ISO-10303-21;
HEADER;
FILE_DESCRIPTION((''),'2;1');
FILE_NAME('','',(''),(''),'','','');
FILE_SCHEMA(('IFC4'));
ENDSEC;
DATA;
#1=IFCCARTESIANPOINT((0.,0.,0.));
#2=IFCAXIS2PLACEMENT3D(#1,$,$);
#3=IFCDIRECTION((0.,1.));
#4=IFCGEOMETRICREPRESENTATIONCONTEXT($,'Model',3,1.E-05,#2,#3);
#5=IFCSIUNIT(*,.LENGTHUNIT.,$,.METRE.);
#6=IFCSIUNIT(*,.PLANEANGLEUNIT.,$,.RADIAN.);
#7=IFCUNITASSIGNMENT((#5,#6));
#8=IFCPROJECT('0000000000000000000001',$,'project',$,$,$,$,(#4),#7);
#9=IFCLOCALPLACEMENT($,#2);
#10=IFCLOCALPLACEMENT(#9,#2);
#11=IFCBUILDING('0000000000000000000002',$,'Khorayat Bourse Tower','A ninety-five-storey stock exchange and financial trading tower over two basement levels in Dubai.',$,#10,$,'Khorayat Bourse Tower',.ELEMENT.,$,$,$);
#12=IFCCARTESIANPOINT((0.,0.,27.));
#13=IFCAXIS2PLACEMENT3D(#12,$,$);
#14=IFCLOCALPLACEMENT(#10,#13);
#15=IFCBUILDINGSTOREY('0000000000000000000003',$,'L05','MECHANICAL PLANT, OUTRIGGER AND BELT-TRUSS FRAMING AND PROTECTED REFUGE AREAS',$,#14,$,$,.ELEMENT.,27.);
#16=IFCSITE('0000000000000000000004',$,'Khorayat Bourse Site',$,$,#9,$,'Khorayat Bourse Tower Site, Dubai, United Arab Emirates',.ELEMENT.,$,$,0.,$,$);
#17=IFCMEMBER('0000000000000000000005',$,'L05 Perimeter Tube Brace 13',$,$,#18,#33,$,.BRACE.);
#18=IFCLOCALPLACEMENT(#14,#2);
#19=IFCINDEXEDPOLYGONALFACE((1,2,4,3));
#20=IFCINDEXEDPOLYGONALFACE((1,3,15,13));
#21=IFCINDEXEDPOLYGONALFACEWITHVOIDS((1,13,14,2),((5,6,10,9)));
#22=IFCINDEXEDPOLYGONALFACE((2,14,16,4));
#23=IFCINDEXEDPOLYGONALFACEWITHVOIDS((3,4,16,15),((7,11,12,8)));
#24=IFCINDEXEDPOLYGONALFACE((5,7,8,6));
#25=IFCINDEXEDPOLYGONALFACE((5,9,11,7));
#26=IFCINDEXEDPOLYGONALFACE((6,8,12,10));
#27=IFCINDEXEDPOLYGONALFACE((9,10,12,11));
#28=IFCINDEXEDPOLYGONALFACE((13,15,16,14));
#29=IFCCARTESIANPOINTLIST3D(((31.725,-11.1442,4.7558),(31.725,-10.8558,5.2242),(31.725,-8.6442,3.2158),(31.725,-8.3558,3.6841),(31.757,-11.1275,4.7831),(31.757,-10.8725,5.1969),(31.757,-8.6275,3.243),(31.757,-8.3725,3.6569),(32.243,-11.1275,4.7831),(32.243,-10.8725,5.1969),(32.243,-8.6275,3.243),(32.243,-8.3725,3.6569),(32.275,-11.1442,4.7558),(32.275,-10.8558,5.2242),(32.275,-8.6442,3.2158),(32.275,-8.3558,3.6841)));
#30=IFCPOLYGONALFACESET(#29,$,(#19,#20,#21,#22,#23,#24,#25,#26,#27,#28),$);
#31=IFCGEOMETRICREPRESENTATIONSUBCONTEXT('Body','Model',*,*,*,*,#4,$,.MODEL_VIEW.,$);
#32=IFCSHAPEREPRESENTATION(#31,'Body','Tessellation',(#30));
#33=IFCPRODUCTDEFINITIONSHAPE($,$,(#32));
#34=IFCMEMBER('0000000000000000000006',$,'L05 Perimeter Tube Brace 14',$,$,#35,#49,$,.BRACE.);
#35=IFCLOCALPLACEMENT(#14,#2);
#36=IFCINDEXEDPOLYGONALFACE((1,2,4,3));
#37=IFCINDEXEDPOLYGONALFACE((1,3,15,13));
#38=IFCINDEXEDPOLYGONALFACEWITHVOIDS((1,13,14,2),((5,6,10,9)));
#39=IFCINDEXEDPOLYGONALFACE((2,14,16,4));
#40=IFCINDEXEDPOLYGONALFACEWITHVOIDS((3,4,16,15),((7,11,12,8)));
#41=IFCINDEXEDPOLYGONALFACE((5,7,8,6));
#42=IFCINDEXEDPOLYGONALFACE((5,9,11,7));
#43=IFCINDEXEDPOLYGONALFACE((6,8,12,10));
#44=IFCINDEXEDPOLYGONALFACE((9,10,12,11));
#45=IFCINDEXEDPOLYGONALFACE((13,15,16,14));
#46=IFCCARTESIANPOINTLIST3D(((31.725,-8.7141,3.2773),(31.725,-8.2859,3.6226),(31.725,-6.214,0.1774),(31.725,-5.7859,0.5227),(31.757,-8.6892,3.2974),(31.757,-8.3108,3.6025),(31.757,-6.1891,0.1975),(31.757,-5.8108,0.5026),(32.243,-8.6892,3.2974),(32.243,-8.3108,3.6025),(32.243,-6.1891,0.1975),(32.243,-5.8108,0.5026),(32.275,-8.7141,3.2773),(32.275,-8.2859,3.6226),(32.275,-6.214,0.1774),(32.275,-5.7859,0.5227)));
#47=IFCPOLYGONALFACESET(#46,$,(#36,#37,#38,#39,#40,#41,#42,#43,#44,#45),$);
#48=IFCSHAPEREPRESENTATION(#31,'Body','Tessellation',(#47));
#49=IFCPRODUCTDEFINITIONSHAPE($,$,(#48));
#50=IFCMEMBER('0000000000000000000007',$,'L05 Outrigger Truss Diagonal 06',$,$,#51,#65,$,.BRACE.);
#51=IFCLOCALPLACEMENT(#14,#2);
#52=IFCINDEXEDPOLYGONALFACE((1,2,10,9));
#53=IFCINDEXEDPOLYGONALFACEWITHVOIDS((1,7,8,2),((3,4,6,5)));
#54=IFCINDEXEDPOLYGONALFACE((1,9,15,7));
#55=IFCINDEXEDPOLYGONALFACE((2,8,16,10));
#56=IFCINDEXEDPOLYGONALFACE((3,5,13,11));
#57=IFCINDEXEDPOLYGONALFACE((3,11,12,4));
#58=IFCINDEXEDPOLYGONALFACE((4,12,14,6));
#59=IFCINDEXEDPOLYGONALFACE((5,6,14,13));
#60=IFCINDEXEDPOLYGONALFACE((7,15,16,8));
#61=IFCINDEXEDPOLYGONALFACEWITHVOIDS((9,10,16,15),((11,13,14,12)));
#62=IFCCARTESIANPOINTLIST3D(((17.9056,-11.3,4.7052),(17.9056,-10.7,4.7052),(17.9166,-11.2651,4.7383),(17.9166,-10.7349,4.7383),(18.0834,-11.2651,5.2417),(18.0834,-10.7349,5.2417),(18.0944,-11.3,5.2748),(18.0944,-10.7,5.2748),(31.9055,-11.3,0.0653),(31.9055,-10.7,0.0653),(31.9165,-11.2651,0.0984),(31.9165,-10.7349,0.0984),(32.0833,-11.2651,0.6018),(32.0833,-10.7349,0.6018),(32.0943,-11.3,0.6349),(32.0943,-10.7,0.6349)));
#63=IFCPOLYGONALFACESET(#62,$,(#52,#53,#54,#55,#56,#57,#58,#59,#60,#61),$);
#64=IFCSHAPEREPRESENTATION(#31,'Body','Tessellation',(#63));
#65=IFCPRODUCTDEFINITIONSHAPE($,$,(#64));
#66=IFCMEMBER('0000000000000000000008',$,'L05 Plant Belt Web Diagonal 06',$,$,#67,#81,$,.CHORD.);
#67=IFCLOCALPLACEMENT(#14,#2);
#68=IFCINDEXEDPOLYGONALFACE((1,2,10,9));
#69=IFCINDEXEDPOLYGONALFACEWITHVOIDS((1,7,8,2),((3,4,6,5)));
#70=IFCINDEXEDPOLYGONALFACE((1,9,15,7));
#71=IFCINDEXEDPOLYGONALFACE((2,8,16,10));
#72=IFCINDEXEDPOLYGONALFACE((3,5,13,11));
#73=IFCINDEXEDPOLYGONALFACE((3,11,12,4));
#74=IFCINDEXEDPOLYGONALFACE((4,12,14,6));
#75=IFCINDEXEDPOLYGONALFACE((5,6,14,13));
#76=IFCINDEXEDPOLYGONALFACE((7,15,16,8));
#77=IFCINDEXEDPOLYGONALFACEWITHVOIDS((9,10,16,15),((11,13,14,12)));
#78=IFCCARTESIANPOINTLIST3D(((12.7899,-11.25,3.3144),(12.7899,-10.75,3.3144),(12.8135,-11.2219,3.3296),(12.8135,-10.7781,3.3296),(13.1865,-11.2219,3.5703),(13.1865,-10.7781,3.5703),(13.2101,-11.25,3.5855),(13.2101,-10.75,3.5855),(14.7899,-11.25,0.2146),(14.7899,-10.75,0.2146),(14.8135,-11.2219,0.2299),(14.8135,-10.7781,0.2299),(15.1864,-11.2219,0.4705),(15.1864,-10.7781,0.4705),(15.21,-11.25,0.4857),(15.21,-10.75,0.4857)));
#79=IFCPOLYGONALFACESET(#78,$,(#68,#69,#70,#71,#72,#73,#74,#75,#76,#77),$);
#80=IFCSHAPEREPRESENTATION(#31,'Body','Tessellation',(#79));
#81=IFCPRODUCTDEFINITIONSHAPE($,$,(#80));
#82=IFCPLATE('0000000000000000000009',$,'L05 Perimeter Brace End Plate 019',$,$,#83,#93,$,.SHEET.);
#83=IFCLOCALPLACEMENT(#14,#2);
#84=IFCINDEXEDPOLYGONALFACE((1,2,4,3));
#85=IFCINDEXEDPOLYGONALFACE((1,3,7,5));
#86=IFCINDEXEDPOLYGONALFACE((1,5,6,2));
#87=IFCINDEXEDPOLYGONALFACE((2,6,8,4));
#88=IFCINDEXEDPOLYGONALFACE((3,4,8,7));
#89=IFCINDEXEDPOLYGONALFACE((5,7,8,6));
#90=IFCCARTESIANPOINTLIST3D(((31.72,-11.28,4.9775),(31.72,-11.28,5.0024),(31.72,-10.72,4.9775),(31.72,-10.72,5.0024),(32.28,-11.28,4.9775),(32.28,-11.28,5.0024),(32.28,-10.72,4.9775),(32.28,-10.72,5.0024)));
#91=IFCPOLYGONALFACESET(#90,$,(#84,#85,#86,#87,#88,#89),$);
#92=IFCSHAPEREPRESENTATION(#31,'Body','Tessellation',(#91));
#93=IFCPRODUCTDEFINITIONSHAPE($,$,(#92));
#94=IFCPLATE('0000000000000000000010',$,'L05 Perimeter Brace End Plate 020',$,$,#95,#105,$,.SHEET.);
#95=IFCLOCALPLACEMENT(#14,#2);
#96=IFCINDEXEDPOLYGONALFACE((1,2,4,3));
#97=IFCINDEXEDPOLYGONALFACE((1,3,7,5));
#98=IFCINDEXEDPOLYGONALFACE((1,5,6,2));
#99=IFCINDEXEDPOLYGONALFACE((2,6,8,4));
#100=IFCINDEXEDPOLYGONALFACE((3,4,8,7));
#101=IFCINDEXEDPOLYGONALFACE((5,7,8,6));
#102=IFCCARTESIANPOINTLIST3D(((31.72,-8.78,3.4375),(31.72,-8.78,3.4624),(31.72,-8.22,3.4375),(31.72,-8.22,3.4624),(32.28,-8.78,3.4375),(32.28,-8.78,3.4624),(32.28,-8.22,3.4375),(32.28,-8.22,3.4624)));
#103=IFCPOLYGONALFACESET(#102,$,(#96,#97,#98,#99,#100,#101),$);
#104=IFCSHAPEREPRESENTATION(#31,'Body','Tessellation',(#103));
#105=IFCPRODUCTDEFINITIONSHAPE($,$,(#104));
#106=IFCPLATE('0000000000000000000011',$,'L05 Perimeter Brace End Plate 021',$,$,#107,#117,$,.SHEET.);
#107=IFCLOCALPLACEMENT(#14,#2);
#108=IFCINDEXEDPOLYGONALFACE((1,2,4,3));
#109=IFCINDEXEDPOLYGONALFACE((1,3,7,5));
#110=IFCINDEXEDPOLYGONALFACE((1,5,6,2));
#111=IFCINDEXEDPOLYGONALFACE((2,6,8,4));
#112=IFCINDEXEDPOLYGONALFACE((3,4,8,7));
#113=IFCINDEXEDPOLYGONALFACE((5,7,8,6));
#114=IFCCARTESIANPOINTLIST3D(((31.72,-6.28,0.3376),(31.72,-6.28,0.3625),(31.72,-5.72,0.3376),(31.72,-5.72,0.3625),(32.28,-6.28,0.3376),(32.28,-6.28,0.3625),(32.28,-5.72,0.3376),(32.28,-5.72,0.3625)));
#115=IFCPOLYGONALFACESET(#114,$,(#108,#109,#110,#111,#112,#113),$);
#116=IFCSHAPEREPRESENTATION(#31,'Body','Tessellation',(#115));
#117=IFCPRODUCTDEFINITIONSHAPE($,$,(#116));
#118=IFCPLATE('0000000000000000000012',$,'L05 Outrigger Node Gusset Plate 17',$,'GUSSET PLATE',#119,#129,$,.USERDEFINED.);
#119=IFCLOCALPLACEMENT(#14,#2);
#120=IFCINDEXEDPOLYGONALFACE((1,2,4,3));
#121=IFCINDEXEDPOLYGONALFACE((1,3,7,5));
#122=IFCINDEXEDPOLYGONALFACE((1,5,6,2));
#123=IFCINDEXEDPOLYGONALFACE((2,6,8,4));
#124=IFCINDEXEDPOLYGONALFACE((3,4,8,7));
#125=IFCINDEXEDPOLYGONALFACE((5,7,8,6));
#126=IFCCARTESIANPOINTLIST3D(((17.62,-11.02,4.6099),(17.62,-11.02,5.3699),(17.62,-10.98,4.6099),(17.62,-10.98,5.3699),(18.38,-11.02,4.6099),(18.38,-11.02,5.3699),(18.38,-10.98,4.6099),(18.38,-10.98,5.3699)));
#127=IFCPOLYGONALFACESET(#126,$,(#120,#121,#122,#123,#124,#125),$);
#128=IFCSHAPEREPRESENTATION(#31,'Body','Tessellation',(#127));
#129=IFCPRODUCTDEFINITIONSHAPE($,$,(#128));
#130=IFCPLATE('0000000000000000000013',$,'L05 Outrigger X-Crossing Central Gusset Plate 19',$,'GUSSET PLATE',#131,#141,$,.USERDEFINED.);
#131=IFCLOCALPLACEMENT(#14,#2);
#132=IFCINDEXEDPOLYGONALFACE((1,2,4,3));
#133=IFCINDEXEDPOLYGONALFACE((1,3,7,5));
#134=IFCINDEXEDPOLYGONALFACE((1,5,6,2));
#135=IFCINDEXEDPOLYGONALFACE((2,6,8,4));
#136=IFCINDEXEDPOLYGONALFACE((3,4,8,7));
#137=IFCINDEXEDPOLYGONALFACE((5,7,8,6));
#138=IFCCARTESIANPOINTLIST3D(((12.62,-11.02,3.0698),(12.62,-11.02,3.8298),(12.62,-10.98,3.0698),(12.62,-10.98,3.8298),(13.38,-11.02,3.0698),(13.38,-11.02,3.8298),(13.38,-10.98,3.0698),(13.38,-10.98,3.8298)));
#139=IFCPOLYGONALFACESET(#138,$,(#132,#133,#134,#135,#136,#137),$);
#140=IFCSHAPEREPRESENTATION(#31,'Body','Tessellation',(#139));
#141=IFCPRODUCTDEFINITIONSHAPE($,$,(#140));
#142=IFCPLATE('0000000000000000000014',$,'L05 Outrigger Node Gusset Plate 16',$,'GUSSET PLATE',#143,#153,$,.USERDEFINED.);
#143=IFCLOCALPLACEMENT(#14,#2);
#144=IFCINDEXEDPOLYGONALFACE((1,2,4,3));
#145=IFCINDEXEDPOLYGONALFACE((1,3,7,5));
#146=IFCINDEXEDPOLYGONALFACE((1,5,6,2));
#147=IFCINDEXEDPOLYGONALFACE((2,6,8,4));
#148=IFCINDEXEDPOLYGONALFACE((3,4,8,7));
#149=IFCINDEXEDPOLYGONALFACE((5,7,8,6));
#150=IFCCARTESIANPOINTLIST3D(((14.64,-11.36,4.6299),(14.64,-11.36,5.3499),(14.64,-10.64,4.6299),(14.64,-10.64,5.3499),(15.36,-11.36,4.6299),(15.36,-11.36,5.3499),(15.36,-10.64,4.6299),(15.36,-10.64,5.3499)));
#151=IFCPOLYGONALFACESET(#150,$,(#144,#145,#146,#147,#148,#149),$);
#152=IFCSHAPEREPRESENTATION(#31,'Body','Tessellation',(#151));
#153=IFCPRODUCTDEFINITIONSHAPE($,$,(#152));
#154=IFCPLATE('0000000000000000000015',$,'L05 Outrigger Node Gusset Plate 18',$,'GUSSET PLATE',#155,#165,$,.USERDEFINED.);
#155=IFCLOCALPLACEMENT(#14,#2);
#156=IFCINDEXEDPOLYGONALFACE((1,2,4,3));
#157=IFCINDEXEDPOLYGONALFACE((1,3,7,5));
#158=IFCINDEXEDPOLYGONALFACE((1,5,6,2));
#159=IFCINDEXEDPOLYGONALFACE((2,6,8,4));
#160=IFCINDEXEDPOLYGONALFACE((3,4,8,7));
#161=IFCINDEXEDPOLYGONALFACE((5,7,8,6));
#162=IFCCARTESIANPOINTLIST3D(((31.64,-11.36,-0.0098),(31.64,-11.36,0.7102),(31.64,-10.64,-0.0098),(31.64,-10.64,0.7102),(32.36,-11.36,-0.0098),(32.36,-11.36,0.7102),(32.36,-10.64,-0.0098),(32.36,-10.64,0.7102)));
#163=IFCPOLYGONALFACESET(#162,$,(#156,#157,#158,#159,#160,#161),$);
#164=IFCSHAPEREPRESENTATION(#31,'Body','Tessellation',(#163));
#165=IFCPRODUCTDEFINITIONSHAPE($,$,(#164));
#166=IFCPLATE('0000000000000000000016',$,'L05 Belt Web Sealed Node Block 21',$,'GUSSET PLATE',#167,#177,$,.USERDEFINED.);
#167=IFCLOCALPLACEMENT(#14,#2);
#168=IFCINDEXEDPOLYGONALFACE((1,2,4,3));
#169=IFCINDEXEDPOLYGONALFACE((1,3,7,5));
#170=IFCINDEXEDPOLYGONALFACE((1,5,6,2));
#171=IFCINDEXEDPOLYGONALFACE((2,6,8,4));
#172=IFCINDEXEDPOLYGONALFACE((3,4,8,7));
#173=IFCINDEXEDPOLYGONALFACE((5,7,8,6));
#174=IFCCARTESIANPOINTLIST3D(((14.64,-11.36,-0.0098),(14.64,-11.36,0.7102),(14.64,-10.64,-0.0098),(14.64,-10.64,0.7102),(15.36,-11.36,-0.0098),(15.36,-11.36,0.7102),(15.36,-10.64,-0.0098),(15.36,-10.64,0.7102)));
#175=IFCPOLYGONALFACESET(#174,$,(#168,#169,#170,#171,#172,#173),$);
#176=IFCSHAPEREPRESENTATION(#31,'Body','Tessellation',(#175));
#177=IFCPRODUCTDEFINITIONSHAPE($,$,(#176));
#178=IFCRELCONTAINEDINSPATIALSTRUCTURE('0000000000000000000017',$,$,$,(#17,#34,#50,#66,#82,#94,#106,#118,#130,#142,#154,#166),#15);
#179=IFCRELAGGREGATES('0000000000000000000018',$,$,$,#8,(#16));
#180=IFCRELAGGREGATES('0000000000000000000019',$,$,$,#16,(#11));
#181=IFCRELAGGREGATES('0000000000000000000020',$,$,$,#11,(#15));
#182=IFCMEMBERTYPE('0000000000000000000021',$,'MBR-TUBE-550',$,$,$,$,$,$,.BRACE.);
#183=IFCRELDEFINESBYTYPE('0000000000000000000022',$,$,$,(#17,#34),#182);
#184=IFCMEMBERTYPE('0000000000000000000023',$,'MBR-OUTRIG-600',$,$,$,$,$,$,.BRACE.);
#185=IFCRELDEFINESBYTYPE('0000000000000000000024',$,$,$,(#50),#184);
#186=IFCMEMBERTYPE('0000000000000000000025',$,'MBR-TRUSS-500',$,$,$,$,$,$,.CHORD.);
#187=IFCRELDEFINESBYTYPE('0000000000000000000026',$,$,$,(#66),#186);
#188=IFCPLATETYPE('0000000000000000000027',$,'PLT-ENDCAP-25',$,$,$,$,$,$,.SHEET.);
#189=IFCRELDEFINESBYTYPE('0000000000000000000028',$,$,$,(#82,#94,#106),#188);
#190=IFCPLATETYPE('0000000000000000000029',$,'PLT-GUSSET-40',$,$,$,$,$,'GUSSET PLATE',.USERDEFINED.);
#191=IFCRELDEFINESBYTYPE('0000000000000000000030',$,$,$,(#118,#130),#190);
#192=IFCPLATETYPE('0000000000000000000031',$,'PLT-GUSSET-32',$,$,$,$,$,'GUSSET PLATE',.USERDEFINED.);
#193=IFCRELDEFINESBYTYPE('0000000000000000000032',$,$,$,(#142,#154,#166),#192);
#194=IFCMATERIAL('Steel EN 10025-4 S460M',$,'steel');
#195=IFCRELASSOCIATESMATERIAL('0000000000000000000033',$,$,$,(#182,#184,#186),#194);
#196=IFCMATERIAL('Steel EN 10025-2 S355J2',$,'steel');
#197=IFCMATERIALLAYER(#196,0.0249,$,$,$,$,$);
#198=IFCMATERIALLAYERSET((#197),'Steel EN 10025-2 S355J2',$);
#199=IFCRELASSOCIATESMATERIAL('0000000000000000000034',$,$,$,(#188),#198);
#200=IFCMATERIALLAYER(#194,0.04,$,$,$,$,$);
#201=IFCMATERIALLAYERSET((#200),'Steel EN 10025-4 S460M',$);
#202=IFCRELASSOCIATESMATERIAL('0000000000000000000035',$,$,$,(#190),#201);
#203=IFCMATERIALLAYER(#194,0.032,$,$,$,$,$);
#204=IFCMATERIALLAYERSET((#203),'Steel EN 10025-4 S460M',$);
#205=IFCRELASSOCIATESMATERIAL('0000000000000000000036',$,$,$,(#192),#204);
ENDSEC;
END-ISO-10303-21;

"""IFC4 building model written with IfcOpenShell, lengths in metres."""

from ifc_helpers import new_model, si_unit, direction, frame, origin, origin_2d, place, context, subcontext, project, spatial, rectangle, hollow_rectangle, extrude, source, transform, mapped, material, layer, layer_set, material_profile, profile_set, type_object, element, save


model = new_model("IFC4")

# Units and contexts
model_context = context("Model", 3, precision=1e-05, world=origin(), true_north=direction((0.0, 1.0)))
body_context = subcontext(model_context, "Body", "Model", "MODEL_VIEW")
ifc_project = project(units=[si_unit("LENGTHUNIT", "METRE"), si_unit("PLANEANGLEUNIT", "RADIAN")], contexts=[model_context])

# Site, building, storey
site_placement = place(None, origin())
site = spatial("IfcSite", under=ifc_project, at=site_placement, Name="Khorayat Bourse Site", LongName="Khorayat Bourse Tower Site, Dubai, United Arab Emirates", CompositionType="ELEMENT", RefElevation=0.0)
building_placement = place(site_placement, origin())
building = spatial("IfcBuilding", under=site, at=building_placement, Name="Khorayat Bourse Tower", Description="A ninety-five-storey stock exchange and financial trading tower over two basement levels in Dubai.", LongName="Khorayat Bourse Tower", CompositionType="ELEMENT")
storey_placement = place(building_placement, frame((0.0, 0.0, 27.0)))
storey = spatial("IfcBuildingStorey", under=building, at=storey_placement, Name="L05", Description="MECHANICAL PLANT, OUTRIGGER AND BELT-TRUSS FRAMING AND PROTECTED REFUGE AREAS", CompositionType="ELEMENT", Elevation=27.0)

# Shared definitions
ifc_material_1 = material(Name="Steel EN 10025-4 S460M", Category="steel")

# Members
ifc_material_profile_1 = material_profile(ifc_material_1, hollow_rectangle(XDim=0.55, YDim=0.55, WallThickness=0.032, at=origin_2d()), Name="HSS 550x550x32")
ifc_profile_set_1 = profile_set([ifc_material_profile_1], Name="Steel EN 10025-4 S460M")
member_type_1 = type_object("IfcMemberType", Name="MBR-TUBE-550", PredefinedType="BRACE", material=ifc_profile_set_1)
shared_shape_1 = source(origin(), body_context, "Body", "SweptSolid", [
    extrude(hollow_rectangle(XDim=0.55, YDim=0.55, WallThickness=0.032, at=origin_2d()), origin(), (0.0, 0.0, 1.0), 2.9363),
])
member_1_placement = place(storey_placement, frame((32.0, -11.0, 4.99), z_axis=(0.0, 0.851418, -0.524487), x_axis=(-1.0, 0.0, 0.0)))
element("IfcMember", 1, at=member_1_placement, inside=storey, type_object=member_type_1, Name="L05 Perimeter Tube Brace 13", PredefinedType="BRACE", context=body_context, shape_type="MappedRepresentation", body=[
    mapped(shared_shape_1, transform((0.0, 0.0, 0.0), scale=1.0)),
])
shared_shape_2 = source(origin(), body_context, "Body", "SweptSolid", [
    extrude(hollow_rectangle(XDim=0.55, YDim=0.55, WallThickness=0.032, at=origin_2d()), origin(), (0.0, 0.0, 1.0), 3.9824),
])
member_2_placement = place(storey_placement, frame((32.0, -8.5, 3.45), z_axis=(0.0, 0.62777, -0.778399), x_axis=(-1.0, 0.0, 0.0)))
element("IfcMember", 2, at=member_2_placement, inside=storey, type_object=member_type_1, Name="L05 Perimeter Tube Brace 14", PredefinedType="BRACE", context=body_context, shape_type="MappedRepresentation", body=[
    mapped(shared_shape_2, transform((0.0, 0.0, 0.0), scale=1.0)),
])
ifc_material_profile_2 = material_profile(ifc_material_1, hollow_rectangle(XDim=0.6001, YDim=0.6001, WallThickness=0.0349, at=origin_2d()), Name="BOX 600x600x35")
ifc_profile_set_2 = profile_set([ifc_material_profile_2], Name="Steel EN 10025-4 S460M")
member_type_2 = type_object("IfcMemberType", Name="MBR-OUTRIG-600", PredefinedType="BRACE", material=ifc_profile_set_2)
shared_shape_3 = source(origin(), body_context, "Body", "SweptSolid", [
    extrude(hollow_rectangle(XDim=0.6001, YDim=0.6001, WallThickness=0.0349, at=origin_2d()), origin(), (0.0, 0.0, 1.0), 14.7488),
])
member_3_placement = place(storey_placement, frame((18.0, -11.0, 4.99), z_axis=(0.949226, 0.0, -0.314593), x_axis=(0.0, 1.0, 0.0)))
element("IfcMember", 3, at=member_3_placement, inside=storey, type_object=member_type_2, Name="L05 Outrigger Truss Diagonal 06", PredefinedType="BRACE", context=body_context, shape_type="MappedRepresentation", body=[
    mapped(shared_shape_3, transform((0.0, 0.0, 0.0), scale=1.0)),
])
ifc_material_profile_3 = material_profile(ifc_material_1, hollow_rectangle(XDim=0.5, YDim=0.5, WallThickness=0.0281, at=origin_2d()), Name="HSS 500x500x28")
ifc_profile_set_3 = profile_set([ifc_material_profile_3], Name="Steel EN 10025-4 S460M")
member_type_3 = type_object("IfcMemberType", Name="MBR-TRUSS-500", PredefinedType="CHORD", material=ifc_profile_set_3)
shared_shape_4 = source(origin(), body_context, "Body", "SweptSolid", [
    extrude(hollow_rectangle(XDim=0.5, YDim=0.5, WallThickness=0.0281, at=origin_2d()), origin(), (0.0, 0.0, 1.0), 3.689),
])
member_4_placement = place(storey_placement, frame((13.0, -11.0, 3.45), z_axis=(0.542145, 0.0, -0.840285), x_axis=(0.0, 1.0, 0.0)))
element("IfcMember", 4, at=member_4_placement, inside=storey, type_object=member_type_3, Name="L05 Plant Belt Web Diagonal 06", PredefinedType="CHORD", context=body_context, shape_type="MappedRepresentation", body=[
    mapped(shared_shape_4, transform((0.0, 0.0, 0.0), scale=1.0)),
])

# Plates
ifc_material_2 = material(Name="Steel EN 10025-2 S355J2", Category="steel")
ifc_layer_1 = layer(ifc_material_2, 0.0249)
ifc_layer_set_1 = layer_set([ifc_layer_1], Name="Steel EN 10025-2 S355J2")
plate_type_1 = type_object("IfcPlateType", Name="PLT-ENDCAP-25", PredefinedType="SHEET", material=ifc_layer_set_1)
shared_shape_5 = source(origin(), body_context, "Body", "SweptSolid", [
    extrude(rectangle(XDim=0.5601, YDim=0.5601, at=origin_2d()), origin(), (0.0, 0.0, 1.0), 0.0249),
])
for number, where, z_axis, x_axis, name in (
    (5, (32.0, -11.0, 4.9775), (0.0, 0.0, 1.0), (1.0, 0.0, 0.0), "L05 Perimeter Brace End Plate 019"),
    (6, (32.0, -8.5, 3.4375), (0.0, 0.0, 1.0), (1.0, 0.0, 0.0), "L05 Perimeter Brace End Plate 020"),
    (7, (32.0, -6.0, 0.3376), (0.0, 0.0, 1.0), (1.0, 0.0, 0.0), "L05 Perimeter Brace End Plate 021"),
):
    element("IfcPlate", number, at=place(storey_placement, frame(where, z_axis=z_axis, x_axis=x_axis)), inside=storey, type_object=plate_type_1, Name=name, PredefinedType="SHEET", context=body_context, shape_type="MappedRepresentation", body=[
        mapped(shared_shape_5, transform((0.0, 0.0, 0.0), scale=1.0)),
    ])
ifc_layer_2 = layer(ifc_material_1, 0.04)
ifc_layer_set_2 = layer_set([ifc_layer_2], Name="Steel EN 10025-4 S460M")
plate_type_2 = type_object("IfcPlateType", Name="PLT-GUSSET-40", ElementType="GUSSET PLATE", PredefinedType="USERDEFINED", material=ifc_layer_set_2)
shared_shape_6 = source(origin(), body_context, "Body", "SweptSolid", [
    extrude(rectangle(XDim=0.76, YDim=0.04, at=origin_2d()), origin(), (0.0, 0.0, 1.0), 0.76),
])
for number, where, z_axis, x_axis, name in (
    (8, (18.0, -11.0, 4.6099), (0.0, 0.0, 1.0), (1.0, 0.0, 0.0), "L05 Outrigger Node Gusset Plate 17"),
    (9, (13.0, -11.0, 3.0698), (0.0, 0.0, 1.0), (1.0, 0.0, 0.0), "L05 Outrigger X-Crossing Central Gusset Plate 19"),
):
    element("IfcPlate", number, at=place(storey_placement, frame(where, z_axis=z_axis, x_axis=x_axis)), inside=storey, type_object=plate_type_2, Name=name, ObjectType="GUSSET PLATE", PredefinedType="USERDEFINED", context=body_context, shape_type="MappedRepresentation", body=[
        mapped(shared_shape_6, transform((0.0, 0.0, 0.0), scale=1.0)),
    ])
ifc_layer_3 = layer(ifc_material_1, 0.032)
ifc_layer_set_3 = layer_set([ifc_layer_3], Name="Steel EN 10025-4 S460M")
plate_type_3 = type_object("IfcPlateType", Name="PLT-GUSSET-32", ElementType="GUSSET PLATE", PredefinedType="USERDEFINED", material=ifc_layer_set_3)
shared_shape_7 = source(origin(), body_context, "Body", "SweptSolid", [
    extrude(rectangle(XDim=0.72, YDim=0.72, at=origin_2d()), origin(), (0.0, 0.0, 1.0), 0.72),
])
for number, where, z_axis, x_axis, name in (
    (10, (15.0, -11.0, 4.6299), (0.0, 0.0, 1.0), (1.0, 0.0, 0.0), "L05 Outrigger Node Gusset Plate 16"),
    (11, (32.0, -11.0, -0.0098), (0.0, 0.0, 1.0), (1.0, 0.0, 0.0), "L05 Outrigger Node Gusset Plate 18"),
    (12, (15.0, -11.0, -0.0098), (0.0, 0.0, 1.0), (1.0, 0.0, 0.0), "L05 Belt Web Sealed Node Block 21"),
):
    element("IfcPlate", number, at=place(storey_placement, frame(where, z_axis=z_axis, x_axis=x_axis)), inside=storey, type_object=plate_type_3, Name=name, ObjectType="GUSSET PLATE", PredefinedType="USERDEFINED", context=body_context, shape_type="MappedRepresentation", body=[
        mapped(shared_shape_7, transform((0.0, 0.0, 0.0), scale=1.0)),
    ])

save(model, "model.ifc")
